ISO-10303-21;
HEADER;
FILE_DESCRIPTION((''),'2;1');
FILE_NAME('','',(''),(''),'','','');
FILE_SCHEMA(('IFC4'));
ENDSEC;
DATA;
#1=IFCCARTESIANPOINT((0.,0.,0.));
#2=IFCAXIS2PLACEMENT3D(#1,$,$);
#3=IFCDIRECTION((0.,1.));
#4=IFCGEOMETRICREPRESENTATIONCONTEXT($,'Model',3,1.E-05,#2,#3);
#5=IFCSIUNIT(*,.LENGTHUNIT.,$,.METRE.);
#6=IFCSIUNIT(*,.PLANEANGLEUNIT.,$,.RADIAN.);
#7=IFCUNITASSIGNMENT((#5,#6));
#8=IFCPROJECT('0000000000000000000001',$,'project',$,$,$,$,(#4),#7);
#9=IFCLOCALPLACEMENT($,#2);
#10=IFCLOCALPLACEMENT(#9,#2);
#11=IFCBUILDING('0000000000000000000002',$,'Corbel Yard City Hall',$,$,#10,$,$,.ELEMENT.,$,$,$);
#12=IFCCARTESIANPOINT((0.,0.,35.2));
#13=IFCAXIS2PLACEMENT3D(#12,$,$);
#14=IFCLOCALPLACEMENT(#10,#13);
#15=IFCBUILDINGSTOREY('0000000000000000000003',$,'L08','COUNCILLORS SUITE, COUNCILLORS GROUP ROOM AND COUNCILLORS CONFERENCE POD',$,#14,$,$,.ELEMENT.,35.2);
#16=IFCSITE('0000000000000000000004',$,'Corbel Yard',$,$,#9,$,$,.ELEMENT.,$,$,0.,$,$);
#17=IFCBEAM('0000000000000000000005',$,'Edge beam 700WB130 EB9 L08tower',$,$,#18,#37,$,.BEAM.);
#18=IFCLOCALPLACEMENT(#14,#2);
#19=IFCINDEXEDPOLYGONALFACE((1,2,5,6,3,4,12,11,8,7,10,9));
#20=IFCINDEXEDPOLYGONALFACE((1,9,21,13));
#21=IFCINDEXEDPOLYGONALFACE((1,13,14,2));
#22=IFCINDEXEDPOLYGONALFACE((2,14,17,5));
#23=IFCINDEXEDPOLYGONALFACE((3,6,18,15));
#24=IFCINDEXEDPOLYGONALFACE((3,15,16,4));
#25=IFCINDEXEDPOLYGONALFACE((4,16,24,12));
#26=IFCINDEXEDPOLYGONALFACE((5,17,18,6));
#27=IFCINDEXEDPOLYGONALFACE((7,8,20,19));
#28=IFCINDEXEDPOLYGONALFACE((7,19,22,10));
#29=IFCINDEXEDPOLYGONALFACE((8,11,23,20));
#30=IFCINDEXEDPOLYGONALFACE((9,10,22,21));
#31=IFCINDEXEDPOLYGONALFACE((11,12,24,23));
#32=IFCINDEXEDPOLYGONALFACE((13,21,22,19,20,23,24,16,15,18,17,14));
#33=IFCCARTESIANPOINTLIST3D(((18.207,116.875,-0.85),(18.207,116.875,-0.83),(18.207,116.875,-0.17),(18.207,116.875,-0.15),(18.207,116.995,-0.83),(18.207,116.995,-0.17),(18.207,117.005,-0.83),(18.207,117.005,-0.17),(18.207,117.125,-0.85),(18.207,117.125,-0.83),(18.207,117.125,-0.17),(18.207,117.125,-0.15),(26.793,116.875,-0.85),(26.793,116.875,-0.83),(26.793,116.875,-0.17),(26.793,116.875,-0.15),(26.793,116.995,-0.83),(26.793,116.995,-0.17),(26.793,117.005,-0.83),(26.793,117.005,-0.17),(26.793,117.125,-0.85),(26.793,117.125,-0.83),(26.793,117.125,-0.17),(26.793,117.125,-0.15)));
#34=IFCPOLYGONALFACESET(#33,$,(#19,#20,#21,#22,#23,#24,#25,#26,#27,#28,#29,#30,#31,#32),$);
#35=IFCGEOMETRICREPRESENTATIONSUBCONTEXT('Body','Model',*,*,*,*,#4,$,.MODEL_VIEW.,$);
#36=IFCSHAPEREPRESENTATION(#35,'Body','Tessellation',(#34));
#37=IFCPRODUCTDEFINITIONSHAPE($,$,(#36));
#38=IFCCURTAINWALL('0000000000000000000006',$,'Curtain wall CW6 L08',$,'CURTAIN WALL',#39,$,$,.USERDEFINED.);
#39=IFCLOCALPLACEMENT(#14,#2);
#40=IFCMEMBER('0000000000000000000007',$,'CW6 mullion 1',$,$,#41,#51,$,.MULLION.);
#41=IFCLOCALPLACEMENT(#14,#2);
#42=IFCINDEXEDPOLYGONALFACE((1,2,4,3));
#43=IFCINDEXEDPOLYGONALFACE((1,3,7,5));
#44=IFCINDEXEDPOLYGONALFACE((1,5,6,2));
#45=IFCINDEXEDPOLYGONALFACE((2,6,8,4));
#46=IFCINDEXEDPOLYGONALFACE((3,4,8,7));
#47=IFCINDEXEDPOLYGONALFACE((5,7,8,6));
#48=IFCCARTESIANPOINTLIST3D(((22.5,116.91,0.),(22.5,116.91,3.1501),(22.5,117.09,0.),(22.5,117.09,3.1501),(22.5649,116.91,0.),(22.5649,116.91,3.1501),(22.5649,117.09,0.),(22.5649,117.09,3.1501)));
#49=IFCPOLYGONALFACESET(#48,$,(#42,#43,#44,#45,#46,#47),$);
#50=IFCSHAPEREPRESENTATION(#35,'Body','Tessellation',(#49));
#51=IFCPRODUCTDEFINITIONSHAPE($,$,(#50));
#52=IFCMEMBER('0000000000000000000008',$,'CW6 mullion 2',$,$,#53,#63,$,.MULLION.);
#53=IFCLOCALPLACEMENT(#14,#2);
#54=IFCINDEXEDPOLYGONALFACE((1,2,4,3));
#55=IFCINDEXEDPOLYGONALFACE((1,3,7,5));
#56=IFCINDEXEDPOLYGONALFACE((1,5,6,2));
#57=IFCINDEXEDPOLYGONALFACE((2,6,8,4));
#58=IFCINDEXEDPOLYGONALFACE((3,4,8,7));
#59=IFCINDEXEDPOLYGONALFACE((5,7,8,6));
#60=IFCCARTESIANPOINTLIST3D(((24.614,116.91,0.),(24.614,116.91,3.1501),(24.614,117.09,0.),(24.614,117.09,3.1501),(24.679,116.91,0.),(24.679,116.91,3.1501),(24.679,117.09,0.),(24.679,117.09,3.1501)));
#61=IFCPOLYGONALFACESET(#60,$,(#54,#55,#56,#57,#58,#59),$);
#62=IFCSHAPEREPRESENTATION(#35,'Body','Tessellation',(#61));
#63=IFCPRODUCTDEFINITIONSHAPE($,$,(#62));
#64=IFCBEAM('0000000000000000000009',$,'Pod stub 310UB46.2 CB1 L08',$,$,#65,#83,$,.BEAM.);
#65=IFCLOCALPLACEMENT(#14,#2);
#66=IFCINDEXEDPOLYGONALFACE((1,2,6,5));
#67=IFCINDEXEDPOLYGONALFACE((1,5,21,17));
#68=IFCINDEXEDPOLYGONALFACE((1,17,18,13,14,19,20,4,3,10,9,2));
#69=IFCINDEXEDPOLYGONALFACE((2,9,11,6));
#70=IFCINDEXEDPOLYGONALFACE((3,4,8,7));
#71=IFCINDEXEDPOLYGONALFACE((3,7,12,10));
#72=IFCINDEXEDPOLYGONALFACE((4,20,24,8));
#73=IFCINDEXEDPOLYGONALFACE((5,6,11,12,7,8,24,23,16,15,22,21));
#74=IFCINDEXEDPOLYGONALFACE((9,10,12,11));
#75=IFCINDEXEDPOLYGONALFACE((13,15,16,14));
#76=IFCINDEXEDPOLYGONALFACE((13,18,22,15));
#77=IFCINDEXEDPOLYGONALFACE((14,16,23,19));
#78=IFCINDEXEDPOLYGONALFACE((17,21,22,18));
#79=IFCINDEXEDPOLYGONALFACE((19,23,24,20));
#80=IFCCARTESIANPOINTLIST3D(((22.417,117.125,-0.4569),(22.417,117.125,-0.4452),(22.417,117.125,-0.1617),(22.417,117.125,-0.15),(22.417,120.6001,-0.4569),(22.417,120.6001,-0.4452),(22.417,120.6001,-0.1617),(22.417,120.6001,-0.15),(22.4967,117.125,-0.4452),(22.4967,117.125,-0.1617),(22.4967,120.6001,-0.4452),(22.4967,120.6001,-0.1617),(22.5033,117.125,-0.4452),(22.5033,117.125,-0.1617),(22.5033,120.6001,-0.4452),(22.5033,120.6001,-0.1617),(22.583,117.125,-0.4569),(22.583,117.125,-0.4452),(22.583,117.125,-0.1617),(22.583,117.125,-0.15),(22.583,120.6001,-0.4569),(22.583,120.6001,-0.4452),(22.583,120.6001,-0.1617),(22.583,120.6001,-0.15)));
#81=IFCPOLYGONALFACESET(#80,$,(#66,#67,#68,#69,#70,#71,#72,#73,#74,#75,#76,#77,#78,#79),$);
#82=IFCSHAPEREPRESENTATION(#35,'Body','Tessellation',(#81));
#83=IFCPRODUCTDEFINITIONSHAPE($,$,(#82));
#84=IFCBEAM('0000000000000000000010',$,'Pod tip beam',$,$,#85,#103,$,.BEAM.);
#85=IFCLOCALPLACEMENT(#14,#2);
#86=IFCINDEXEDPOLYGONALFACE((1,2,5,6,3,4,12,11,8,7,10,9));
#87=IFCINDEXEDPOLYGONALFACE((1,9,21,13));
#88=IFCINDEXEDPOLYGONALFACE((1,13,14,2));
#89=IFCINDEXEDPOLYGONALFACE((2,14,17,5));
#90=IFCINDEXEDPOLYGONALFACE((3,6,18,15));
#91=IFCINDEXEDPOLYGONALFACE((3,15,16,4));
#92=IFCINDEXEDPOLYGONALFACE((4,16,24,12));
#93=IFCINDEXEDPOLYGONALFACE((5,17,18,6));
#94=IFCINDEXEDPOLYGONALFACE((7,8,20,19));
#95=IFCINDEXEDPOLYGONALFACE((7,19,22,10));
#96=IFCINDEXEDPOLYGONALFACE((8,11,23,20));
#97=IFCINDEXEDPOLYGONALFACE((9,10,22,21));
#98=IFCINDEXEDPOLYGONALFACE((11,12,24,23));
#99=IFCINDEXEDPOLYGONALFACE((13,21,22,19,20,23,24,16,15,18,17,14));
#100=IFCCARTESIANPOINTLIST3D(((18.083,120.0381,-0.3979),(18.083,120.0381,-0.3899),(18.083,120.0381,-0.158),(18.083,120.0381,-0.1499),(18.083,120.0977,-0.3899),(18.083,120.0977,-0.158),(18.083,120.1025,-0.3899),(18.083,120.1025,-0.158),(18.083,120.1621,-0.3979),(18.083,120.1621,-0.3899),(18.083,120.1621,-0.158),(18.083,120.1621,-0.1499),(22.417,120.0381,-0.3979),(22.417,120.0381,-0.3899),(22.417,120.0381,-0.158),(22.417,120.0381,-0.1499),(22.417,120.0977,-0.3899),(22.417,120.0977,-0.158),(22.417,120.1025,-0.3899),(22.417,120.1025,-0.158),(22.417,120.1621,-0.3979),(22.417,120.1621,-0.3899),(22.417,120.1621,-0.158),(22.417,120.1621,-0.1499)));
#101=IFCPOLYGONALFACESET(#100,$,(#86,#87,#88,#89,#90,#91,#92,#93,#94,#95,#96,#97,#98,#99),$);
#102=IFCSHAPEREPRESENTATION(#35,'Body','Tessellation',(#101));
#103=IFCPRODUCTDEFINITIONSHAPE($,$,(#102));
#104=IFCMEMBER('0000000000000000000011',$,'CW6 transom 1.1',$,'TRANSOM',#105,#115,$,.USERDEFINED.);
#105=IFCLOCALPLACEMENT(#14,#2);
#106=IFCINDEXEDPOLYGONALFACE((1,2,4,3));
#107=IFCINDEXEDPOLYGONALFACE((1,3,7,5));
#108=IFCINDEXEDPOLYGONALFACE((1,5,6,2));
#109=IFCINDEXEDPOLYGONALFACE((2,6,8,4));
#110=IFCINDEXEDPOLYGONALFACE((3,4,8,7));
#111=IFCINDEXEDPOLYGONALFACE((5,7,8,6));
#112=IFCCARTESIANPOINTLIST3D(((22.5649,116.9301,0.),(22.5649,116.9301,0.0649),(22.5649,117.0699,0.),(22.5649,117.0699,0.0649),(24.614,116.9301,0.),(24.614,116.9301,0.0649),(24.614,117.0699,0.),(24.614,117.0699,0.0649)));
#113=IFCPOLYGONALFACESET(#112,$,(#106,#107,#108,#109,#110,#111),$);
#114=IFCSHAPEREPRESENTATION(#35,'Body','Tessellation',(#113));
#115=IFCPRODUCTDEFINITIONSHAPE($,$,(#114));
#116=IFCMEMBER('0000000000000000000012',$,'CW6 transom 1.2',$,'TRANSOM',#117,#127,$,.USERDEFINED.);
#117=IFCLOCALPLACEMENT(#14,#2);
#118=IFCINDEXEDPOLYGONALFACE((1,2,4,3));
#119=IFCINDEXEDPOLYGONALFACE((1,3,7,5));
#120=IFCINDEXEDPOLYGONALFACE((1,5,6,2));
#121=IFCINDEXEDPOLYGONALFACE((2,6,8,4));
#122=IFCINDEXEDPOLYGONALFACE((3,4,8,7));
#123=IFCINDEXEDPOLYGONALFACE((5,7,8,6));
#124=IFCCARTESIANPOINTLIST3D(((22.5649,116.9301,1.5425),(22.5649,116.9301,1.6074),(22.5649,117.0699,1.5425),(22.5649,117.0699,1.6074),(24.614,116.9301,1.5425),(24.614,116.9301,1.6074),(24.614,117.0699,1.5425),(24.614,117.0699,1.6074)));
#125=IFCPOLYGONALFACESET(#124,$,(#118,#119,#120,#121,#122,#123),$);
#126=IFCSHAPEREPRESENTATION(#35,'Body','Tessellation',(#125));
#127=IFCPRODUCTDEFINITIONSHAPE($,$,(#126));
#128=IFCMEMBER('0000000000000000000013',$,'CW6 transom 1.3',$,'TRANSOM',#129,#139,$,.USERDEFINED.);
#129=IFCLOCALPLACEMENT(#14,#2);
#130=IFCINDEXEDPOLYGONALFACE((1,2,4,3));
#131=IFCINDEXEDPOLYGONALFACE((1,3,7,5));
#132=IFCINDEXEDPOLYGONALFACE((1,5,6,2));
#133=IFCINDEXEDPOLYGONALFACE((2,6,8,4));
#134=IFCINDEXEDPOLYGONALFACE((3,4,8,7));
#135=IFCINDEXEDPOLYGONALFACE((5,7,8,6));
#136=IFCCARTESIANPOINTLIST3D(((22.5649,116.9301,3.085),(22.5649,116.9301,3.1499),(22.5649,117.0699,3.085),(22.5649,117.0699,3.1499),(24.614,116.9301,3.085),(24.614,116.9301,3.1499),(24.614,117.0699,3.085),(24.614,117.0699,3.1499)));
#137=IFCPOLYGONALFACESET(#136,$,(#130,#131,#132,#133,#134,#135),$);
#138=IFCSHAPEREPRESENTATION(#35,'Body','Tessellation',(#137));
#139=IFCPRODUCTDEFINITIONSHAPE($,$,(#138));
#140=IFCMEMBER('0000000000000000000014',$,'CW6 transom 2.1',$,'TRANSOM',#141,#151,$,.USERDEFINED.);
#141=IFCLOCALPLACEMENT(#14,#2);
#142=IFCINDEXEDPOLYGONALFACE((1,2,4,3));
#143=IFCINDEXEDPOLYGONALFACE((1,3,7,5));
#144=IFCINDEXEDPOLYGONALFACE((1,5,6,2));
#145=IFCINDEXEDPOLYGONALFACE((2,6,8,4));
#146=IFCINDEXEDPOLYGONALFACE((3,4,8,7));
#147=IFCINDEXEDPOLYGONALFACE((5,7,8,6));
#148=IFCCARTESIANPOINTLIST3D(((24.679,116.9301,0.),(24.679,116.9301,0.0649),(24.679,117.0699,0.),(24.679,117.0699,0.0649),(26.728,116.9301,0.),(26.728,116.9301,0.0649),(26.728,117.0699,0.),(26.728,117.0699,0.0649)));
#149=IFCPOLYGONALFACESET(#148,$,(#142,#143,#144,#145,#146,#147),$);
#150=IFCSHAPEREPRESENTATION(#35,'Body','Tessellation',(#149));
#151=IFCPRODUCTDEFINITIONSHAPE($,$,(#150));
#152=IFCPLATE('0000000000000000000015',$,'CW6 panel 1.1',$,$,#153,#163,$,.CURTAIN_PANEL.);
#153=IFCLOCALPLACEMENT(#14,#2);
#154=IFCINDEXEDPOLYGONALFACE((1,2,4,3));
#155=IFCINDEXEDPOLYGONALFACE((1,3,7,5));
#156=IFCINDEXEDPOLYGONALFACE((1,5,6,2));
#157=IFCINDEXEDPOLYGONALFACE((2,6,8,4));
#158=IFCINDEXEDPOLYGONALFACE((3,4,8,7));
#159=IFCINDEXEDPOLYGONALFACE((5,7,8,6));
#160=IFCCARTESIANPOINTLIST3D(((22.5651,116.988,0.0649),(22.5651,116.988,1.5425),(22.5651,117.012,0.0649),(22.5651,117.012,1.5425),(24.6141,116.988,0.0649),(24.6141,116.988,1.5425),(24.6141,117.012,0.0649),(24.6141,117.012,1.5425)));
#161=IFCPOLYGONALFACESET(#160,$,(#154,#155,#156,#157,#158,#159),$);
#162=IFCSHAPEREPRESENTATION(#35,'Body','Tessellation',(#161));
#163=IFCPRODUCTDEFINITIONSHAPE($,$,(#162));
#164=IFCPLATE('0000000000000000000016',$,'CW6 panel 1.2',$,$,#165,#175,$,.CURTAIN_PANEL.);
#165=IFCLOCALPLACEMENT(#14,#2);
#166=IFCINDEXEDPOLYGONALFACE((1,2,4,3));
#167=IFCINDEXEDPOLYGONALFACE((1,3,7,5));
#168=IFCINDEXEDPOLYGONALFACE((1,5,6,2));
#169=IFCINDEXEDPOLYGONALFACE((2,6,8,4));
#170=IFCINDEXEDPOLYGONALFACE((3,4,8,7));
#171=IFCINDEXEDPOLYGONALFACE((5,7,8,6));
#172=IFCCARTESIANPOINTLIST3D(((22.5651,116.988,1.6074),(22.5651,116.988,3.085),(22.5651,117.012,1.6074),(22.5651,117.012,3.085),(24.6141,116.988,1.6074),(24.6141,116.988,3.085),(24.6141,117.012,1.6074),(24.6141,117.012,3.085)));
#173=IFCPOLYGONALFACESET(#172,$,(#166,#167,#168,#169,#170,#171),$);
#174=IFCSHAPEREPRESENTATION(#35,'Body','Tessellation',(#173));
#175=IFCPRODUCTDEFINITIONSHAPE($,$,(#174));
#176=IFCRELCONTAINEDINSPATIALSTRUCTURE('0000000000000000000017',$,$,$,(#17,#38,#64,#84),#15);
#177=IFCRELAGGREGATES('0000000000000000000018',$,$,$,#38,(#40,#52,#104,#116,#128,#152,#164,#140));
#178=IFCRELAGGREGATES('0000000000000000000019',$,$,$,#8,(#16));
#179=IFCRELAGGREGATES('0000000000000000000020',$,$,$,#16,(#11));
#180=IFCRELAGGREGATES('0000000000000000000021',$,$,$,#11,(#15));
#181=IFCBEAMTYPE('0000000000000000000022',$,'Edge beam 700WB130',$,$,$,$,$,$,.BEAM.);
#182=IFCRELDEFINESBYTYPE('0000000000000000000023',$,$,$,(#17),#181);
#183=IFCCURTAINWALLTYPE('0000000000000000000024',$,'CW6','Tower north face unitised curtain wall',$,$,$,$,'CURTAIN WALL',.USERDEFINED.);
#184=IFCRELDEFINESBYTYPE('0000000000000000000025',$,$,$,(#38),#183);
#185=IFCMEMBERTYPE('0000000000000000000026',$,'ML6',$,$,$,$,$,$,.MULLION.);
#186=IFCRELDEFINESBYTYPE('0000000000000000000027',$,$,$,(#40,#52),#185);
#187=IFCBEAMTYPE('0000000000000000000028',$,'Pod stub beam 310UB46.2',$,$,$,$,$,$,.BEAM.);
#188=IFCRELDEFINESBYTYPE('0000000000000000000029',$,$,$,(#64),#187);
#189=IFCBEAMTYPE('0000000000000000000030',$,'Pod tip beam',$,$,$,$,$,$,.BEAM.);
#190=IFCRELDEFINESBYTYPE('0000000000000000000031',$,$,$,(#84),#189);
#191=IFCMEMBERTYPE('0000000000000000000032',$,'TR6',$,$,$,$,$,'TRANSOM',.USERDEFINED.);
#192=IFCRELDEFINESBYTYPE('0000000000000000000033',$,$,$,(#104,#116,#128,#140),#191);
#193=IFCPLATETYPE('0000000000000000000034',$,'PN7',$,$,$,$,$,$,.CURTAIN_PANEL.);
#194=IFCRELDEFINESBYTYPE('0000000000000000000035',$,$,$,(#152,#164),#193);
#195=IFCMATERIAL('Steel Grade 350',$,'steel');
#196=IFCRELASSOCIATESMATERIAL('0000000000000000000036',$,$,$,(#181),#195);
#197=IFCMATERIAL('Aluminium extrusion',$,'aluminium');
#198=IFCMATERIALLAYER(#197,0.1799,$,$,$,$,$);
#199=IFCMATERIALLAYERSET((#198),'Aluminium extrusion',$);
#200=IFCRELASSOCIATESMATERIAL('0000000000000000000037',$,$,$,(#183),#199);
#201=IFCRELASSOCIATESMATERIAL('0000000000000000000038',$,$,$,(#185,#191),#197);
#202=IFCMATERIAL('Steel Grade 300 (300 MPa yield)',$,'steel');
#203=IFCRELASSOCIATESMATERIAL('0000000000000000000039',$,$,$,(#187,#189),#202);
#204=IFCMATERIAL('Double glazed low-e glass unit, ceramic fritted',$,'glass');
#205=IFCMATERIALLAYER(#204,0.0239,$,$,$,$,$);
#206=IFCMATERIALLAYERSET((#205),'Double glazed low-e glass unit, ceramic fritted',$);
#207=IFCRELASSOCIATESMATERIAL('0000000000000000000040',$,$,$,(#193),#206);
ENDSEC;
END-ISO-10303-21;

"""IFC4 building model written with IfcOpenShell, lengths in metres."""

from ifc_helpers import new_model, si_unit, direction, frame, origin, origin_2d, place, context, subcontext, project, spatial, rectangle, i_section, extrude, material, layer, layer_set, material_profile, profile_set, type_object, element, aggregate, save


model = new_model("IFC4")

# Units and contexts
model_context = context("Model", 3, precision=1e-05, world=origin(), true_north=direction((0.0, 1.0)))
body_context = subcontext(model_context, "Body", "Model", "MODEL_VIEW")
ifc_project = project(units=[si_unit("LENGTHUNIT", "METRE"), si_unit("PLANEANGLEUNIT", "RADIAN")], contexts=[model_context])

# Site, building, storey
site_placement = place(None, origin())
site = spatial("IfcSite", under=ifc_project, at=site_placement, Name="Corbel Yard", CompositionType="ELEMENT", RefElevation=0.0)
building_placement = place(site_placement, origin())
building = spatial("IfcBuilding", under=site, at=building_placement, Name="Corbel Yard City Hall", CompositionType="ELEMENT")
storey_placement = place(building_placement, frame((0.0, 0.0, 35.2)))
storey = spatial("IfcBuildingStorey", under=building, at=storey_placement, Name="L08", Description="COUNCILLORS SUITE, COUNCILLORS GROUP ROOM AND COUNCILLORS CONFERENCE POD", CompositionType="ELEMENT", Elevation=35.2)

# Beam
ifc_material_1 = material(Name="Steel Grade 350", Category="steel")
ifc_material_profile_1 = material_profile(ifc_material_1, i_section(OverallWidth=0.25, OverallDepth=0.7, WebThickness=0.01, FlangeThickness=0.02, at=origin_2d()), Name="700WB130")
ifc_profile_set_1 = profile_set([ifc_material_profile_1], Name="Steel Grade 350")
beam_type_1 = type_object("IfcBeamType", Name="Edge beam 700WB130", PredefinedType="BEAM", material=ifc_profile_set_1)
beam_1_placement = place(storey_placement, frame((18.207, 117.0, -0.5), z_axis=(1.0, 0.0, 0.0), x_axis=(0.0, 1.0, 0.0)))
element("IfcBeam", 1, at=beam_1_placement, inside=storey, type_object=beam_type_1, Name="Edge beam 700WB130 EB9 L08tower", PredefinedType="BEAM", context=body_context, shape_type="SweptSolid", body=[
    extrude(i_section(OverallWidth=0.25, OverallDepth=0.7, WebThickness=0.01, FlangeThickness=0.02, at=origin_2d()), origin(), (0.0, 0.0, 1.0), 8.5859),
])

# Curtain wall, members
ifc_material_2 = material(Name="Aluminium extrusion", Category="aluminium")
ifc_layer_1 = layer(ifc_material_2, 0.1799)
ifc_layer_set_1 = layer_set([ifc_layer_1], Name="Aluminium extrusion")
curtain_wall_type = type_object("IfcCurtainWallType", Name="CW6", Description="Tower north face unitised curtain wall", ElementType="CURTAIN WALL", PredefinedType="USERDEFINED", material=ifc_layer_set_1)
curtain_wall_placement = place(storey_placement, origin())
curtain_wall = element("IfcCurtainWall", 2, at=curtain_wall_placement, inside=storey, type_object=curtain_wall_type, Name="Curtain wall CW6 L08", ObjectType="CURTAIN WALL", PredefinedType="USERDEFINED")
ifc_material_profile_2 = material_profile(ifc_material_2, rectangle(XDim=0.1799, YDim=0.0649, at=origin_2d()), Name="180x65")
ifc_profile_set_2 = profile_set([ifc_material_profile_2], Name="Aluminium extrusion")
member_type_1 = type_object("IfcMemberType", Name="ML6", PredefinedType="MULLION", material=ifc_profile_set_2)
member_1_placement = place(storey_placement, frame((22.5325, 117.0, 0.0), z_axis=(0.0, 0.0, 1.0), x_axis=(0.0, 1.0, 0.0)))
member_1 = element("IfcMember", 3, at=member_1_placement, type_object=member_type_1, Name="CW6 mullion 1", PredefinedType="MULLION", context=body_context, shape_type="SweptSolid", body=[
    extrude(rectangle(XDim=0.1799, YDim=0.0649, at=origin_2d()), origin(), (0.0, 0.0, 1.0), 3.1501),
])
member_2_placement = place(storey_placement, frame((24.6465, 117.0, 0.0), z_axis=(0.0, 0.0, 1.0), x_axis=(0.0, 1.0, 0.0)))
member_2 = element("IfcMember", 4, at=member_2_placement, type_object=member_type_1, Name="CW6 mullion 2", PredefinedType="MULLION", context=body_context, shape_type="SweptSolid", body=[
    extrude(rectangle(XDim=0.1799, YDim=0.0649, at=origin_2d()), origin(), (0.0, 0.0, 1.0), 3.1501),
])

# Beams
ifc_material_3 = material(Name="Steel Grade 300 (300 MPa yield)", Category="steel")
ifc_material_profile_3 = material_profile(ifc_material_3, i_section(OverallWidth=0.166, OverallDepth=0.3069, WebThickness=0.0066, FlangeThickness=0.0117, at=origin_2d()), Name="310UB46.2")
ifc_profile_set_3 = profile_set([ifc_material_profile_3], Name="Steel Grade 300 (300 MPa yield)")
beam_type_2 = type_object("IfcBeamType", Name="Pod stub beam 310UB46.2", PredefinedType="BEAM", material=ifc_profile_set_3)
beam_2_placement = place(storey_placement, frame((22.5, 117.125, -0.3035), z_axis=(0.0, 1.0, 0.0), x_axis=(-1.0, 0.0, 0.0)))
element("IfcBeam", 5, at=beam_2_placement, inside=storey, type_object=beam_type_2, Name="Pod stub 310UB46.2 CB1 L08", PredefinedType="BEAM", context=body_context, shape_type="SweptSolid", body=[
    extrude(i_section(OverallWidth=0.166, OverallDepth=0.3069, WebThickness=0.0066, FlangeThickness=0.0117, at=origin_2d()), origin(), (0.0, 0.0, 1.0), 3.4751),
])
ifc_material_profile_4 = material_profile(ifc_material_3, i_section(OverallWidth=0.124, OverallDepth=0.248, WebThickness=0.0049, FlangeThickness=0.0081, at=origin_2d()), Name="250UB25.7")
ifc_profile_set_4 = profile_set([ifc_material_profile_4], Name="Steel Grade 300 (300 MPa yield)")
beam_type_3 = type_object("IfcBeamType", Name="Pod tip beam", PredefinedType="BEAM", material=ifc_profile_set_4)
beam_3_placement = place(storey_placement, frame((18.083, 120.1001, -0.2739), z_axis=(1.0, 0.0, 0.0), x_axis=(0.0, 1.0, 0.0)))
element("IfcBeam", 6, at=beam_3_placement, inside=storey, type_object=beam_type_3, Name="Pod tip beam", PredefinedType="BEAM", context=body_context, shape_type="SweptSolid", body=[
    extrude(i_section(OverallWidth=0.124, OverallDepth=0.248, WebThickness=0.0049, FlangeThickness=0.0081, at=origin_2d()), origin(), (0.0, 0.0, 1.0), 4.334),
])

# Members
ifc_material_profile_5 = material_profile(ifc_material_2, rectangle(XDim=0.1399, YDim=0.0649, at=origin_2d()), Name="140x65")
ifc_profile_set_5 = profile_set([ifc_material_profile_5], Name="Aluminium extrusion")
member_type_2 = type_object("IfcMemberType", Name="TR6", ElementType="TRANSOM", PredefinedType="USERDEFINED", material=ifc_profile_set_5)
member_3_placement = place(storey_placement, frame((22.5649, 117.0, 0.0325), z_axis=(1.0, 0.0, 0.0), x_axis=(0.0, 1.0, 0.0)))
member_3 = element("IfcMember", 7, at=member_3_placement, type_object=member_type_2, Name="CW6 transom 1.1", ObjectType="TRANSOM", PredefinedType="USERDEFINED", context=body_context, shape_type="SweptSolid", body=[
    extrude(rectangle(XDim=0.1399, YDim=0.0649, at=origin_2d()), origin(), (0.0, 0.0, 1.0), 2.0491),
])
member_4_placement = place(storey_placement, frame((22.5649, 117.0, 1.575), z_axis=(1.0, 0.0, 0.0), x_axis=(0.0, 1.0, 0.0)))
member_4 = element("IfcMember", 8, at=member_4_placement, type_object=member_type_2, Name="CW6 transom 1.2", ObjectType="TRANSOM", PredefinedType="USERDEFINED", context=body_context, shape_type="SweptSolid", body=[
    extrude(rectangle(XDim=0.1399, YDim=0.0649, at=origin_2d()), origin(), (0.0, 0.0, 1.0), 2.0491),
])
member_5_placement = place(storey_placement, frame((22.5649, 117.0, 3.1174), z_axis=(1.0, 0.0, 0.0), x_axis=(0.0, 1.0, 0.0)))
member_5 = element("IfcMember", 9, at=member_5_placement, type_object=member_type_2, Name="CW6 transom 1.3", ObjectType="TRANSOM", PredefinedType="USERDEFINED", context=body_context, shape_type="SweptSolid", body=[
    extrude(rectangle(XDim=0.1399, YDim=0.0649, at=origin_2d()), origin(), (0.0, 0.0, 1.0), 2.0491),
])
member_6_placement = place(storey_placement, frame((24.679, 117.0, 0.0325), z_axis=(1.0, 0.0, 0.0), x_axis=(0.0, 1.0, 0.0)))
member_6 = element("IfcMember", 10, at=member_6_placement, type_object=member_type_2, Name="CW6 transom 2.1", ObjectType="TRANSOM", PredefinedType="USERDEFINED", context=body_context, shape_type="SweptSolid", body=[
    extrude(rectangle(XDim=0.1399, YDim=0.0649, at=origin_2d()), origin(), (0.0, 0.0, 1.0), 2.0491),
])

# Plates
ifc_material_4 = material(Name="Double glazed low-e glass unit, ceramic fritted", Category="glass")
ifc_layer_2 = layer(ifc_material_4, 0.0239)
ifc_layer_set_2 = layer_set([ifc_layer_2], Name="Double glazed low-e glass unit, ceramic fritted")
plate_type = type_object("IfcPlateType", Name="PN7", PredefinedType="CURTAIN_PANEL", material=ifc_layer_set_2)
plate_1_placement = place(storey_placement, frame((23.5896, 117.0, 0.0649), z_axis=(0.0, 0.0, 1.0), x_axis=(1.0, 0.0, 0.0)))
plate_1 = element("IfcPlate", 11, at=plate_1_placement, type_object=plate_type, Name="CW6 panel 1.1", PredefinedType="CURTAIN_PANEL", context=body_context, shape_type="SweptSolid", body=[
    extrude(rectangle(XDim=2.0491, YDim=0.0239, at=origin_2d()), origin(), (0.0, 0.0, 1.0), 1.4775),
])
plate_2_placement = place(storey_placement, frame((23.5896, 117.0, 1.6074), z_axis=(0.0, 0.0, 1.0), x_axis=(1.0, 0.0, 0.0)))
plate_2 = element("IfcPlate", 12, at=plate_2_placement, type_object=plate_type, Name="CW6 panel 1.2", PredefinedType="CURTAIN_PANEL", context=body_context, shape_type="SweptSolid", body=[
    extrude(rectangle(XDim=2.0491, YDim=0.0239, at=origin_2d()), origin(), (0.0, 0.0, 1.0), 1.4775),
])
aggregate(curtain_wall, [member_1, member_2, member_3, member_4, member_5, plate_1, plate_2, member_6])

save(model, "model.ifc")
